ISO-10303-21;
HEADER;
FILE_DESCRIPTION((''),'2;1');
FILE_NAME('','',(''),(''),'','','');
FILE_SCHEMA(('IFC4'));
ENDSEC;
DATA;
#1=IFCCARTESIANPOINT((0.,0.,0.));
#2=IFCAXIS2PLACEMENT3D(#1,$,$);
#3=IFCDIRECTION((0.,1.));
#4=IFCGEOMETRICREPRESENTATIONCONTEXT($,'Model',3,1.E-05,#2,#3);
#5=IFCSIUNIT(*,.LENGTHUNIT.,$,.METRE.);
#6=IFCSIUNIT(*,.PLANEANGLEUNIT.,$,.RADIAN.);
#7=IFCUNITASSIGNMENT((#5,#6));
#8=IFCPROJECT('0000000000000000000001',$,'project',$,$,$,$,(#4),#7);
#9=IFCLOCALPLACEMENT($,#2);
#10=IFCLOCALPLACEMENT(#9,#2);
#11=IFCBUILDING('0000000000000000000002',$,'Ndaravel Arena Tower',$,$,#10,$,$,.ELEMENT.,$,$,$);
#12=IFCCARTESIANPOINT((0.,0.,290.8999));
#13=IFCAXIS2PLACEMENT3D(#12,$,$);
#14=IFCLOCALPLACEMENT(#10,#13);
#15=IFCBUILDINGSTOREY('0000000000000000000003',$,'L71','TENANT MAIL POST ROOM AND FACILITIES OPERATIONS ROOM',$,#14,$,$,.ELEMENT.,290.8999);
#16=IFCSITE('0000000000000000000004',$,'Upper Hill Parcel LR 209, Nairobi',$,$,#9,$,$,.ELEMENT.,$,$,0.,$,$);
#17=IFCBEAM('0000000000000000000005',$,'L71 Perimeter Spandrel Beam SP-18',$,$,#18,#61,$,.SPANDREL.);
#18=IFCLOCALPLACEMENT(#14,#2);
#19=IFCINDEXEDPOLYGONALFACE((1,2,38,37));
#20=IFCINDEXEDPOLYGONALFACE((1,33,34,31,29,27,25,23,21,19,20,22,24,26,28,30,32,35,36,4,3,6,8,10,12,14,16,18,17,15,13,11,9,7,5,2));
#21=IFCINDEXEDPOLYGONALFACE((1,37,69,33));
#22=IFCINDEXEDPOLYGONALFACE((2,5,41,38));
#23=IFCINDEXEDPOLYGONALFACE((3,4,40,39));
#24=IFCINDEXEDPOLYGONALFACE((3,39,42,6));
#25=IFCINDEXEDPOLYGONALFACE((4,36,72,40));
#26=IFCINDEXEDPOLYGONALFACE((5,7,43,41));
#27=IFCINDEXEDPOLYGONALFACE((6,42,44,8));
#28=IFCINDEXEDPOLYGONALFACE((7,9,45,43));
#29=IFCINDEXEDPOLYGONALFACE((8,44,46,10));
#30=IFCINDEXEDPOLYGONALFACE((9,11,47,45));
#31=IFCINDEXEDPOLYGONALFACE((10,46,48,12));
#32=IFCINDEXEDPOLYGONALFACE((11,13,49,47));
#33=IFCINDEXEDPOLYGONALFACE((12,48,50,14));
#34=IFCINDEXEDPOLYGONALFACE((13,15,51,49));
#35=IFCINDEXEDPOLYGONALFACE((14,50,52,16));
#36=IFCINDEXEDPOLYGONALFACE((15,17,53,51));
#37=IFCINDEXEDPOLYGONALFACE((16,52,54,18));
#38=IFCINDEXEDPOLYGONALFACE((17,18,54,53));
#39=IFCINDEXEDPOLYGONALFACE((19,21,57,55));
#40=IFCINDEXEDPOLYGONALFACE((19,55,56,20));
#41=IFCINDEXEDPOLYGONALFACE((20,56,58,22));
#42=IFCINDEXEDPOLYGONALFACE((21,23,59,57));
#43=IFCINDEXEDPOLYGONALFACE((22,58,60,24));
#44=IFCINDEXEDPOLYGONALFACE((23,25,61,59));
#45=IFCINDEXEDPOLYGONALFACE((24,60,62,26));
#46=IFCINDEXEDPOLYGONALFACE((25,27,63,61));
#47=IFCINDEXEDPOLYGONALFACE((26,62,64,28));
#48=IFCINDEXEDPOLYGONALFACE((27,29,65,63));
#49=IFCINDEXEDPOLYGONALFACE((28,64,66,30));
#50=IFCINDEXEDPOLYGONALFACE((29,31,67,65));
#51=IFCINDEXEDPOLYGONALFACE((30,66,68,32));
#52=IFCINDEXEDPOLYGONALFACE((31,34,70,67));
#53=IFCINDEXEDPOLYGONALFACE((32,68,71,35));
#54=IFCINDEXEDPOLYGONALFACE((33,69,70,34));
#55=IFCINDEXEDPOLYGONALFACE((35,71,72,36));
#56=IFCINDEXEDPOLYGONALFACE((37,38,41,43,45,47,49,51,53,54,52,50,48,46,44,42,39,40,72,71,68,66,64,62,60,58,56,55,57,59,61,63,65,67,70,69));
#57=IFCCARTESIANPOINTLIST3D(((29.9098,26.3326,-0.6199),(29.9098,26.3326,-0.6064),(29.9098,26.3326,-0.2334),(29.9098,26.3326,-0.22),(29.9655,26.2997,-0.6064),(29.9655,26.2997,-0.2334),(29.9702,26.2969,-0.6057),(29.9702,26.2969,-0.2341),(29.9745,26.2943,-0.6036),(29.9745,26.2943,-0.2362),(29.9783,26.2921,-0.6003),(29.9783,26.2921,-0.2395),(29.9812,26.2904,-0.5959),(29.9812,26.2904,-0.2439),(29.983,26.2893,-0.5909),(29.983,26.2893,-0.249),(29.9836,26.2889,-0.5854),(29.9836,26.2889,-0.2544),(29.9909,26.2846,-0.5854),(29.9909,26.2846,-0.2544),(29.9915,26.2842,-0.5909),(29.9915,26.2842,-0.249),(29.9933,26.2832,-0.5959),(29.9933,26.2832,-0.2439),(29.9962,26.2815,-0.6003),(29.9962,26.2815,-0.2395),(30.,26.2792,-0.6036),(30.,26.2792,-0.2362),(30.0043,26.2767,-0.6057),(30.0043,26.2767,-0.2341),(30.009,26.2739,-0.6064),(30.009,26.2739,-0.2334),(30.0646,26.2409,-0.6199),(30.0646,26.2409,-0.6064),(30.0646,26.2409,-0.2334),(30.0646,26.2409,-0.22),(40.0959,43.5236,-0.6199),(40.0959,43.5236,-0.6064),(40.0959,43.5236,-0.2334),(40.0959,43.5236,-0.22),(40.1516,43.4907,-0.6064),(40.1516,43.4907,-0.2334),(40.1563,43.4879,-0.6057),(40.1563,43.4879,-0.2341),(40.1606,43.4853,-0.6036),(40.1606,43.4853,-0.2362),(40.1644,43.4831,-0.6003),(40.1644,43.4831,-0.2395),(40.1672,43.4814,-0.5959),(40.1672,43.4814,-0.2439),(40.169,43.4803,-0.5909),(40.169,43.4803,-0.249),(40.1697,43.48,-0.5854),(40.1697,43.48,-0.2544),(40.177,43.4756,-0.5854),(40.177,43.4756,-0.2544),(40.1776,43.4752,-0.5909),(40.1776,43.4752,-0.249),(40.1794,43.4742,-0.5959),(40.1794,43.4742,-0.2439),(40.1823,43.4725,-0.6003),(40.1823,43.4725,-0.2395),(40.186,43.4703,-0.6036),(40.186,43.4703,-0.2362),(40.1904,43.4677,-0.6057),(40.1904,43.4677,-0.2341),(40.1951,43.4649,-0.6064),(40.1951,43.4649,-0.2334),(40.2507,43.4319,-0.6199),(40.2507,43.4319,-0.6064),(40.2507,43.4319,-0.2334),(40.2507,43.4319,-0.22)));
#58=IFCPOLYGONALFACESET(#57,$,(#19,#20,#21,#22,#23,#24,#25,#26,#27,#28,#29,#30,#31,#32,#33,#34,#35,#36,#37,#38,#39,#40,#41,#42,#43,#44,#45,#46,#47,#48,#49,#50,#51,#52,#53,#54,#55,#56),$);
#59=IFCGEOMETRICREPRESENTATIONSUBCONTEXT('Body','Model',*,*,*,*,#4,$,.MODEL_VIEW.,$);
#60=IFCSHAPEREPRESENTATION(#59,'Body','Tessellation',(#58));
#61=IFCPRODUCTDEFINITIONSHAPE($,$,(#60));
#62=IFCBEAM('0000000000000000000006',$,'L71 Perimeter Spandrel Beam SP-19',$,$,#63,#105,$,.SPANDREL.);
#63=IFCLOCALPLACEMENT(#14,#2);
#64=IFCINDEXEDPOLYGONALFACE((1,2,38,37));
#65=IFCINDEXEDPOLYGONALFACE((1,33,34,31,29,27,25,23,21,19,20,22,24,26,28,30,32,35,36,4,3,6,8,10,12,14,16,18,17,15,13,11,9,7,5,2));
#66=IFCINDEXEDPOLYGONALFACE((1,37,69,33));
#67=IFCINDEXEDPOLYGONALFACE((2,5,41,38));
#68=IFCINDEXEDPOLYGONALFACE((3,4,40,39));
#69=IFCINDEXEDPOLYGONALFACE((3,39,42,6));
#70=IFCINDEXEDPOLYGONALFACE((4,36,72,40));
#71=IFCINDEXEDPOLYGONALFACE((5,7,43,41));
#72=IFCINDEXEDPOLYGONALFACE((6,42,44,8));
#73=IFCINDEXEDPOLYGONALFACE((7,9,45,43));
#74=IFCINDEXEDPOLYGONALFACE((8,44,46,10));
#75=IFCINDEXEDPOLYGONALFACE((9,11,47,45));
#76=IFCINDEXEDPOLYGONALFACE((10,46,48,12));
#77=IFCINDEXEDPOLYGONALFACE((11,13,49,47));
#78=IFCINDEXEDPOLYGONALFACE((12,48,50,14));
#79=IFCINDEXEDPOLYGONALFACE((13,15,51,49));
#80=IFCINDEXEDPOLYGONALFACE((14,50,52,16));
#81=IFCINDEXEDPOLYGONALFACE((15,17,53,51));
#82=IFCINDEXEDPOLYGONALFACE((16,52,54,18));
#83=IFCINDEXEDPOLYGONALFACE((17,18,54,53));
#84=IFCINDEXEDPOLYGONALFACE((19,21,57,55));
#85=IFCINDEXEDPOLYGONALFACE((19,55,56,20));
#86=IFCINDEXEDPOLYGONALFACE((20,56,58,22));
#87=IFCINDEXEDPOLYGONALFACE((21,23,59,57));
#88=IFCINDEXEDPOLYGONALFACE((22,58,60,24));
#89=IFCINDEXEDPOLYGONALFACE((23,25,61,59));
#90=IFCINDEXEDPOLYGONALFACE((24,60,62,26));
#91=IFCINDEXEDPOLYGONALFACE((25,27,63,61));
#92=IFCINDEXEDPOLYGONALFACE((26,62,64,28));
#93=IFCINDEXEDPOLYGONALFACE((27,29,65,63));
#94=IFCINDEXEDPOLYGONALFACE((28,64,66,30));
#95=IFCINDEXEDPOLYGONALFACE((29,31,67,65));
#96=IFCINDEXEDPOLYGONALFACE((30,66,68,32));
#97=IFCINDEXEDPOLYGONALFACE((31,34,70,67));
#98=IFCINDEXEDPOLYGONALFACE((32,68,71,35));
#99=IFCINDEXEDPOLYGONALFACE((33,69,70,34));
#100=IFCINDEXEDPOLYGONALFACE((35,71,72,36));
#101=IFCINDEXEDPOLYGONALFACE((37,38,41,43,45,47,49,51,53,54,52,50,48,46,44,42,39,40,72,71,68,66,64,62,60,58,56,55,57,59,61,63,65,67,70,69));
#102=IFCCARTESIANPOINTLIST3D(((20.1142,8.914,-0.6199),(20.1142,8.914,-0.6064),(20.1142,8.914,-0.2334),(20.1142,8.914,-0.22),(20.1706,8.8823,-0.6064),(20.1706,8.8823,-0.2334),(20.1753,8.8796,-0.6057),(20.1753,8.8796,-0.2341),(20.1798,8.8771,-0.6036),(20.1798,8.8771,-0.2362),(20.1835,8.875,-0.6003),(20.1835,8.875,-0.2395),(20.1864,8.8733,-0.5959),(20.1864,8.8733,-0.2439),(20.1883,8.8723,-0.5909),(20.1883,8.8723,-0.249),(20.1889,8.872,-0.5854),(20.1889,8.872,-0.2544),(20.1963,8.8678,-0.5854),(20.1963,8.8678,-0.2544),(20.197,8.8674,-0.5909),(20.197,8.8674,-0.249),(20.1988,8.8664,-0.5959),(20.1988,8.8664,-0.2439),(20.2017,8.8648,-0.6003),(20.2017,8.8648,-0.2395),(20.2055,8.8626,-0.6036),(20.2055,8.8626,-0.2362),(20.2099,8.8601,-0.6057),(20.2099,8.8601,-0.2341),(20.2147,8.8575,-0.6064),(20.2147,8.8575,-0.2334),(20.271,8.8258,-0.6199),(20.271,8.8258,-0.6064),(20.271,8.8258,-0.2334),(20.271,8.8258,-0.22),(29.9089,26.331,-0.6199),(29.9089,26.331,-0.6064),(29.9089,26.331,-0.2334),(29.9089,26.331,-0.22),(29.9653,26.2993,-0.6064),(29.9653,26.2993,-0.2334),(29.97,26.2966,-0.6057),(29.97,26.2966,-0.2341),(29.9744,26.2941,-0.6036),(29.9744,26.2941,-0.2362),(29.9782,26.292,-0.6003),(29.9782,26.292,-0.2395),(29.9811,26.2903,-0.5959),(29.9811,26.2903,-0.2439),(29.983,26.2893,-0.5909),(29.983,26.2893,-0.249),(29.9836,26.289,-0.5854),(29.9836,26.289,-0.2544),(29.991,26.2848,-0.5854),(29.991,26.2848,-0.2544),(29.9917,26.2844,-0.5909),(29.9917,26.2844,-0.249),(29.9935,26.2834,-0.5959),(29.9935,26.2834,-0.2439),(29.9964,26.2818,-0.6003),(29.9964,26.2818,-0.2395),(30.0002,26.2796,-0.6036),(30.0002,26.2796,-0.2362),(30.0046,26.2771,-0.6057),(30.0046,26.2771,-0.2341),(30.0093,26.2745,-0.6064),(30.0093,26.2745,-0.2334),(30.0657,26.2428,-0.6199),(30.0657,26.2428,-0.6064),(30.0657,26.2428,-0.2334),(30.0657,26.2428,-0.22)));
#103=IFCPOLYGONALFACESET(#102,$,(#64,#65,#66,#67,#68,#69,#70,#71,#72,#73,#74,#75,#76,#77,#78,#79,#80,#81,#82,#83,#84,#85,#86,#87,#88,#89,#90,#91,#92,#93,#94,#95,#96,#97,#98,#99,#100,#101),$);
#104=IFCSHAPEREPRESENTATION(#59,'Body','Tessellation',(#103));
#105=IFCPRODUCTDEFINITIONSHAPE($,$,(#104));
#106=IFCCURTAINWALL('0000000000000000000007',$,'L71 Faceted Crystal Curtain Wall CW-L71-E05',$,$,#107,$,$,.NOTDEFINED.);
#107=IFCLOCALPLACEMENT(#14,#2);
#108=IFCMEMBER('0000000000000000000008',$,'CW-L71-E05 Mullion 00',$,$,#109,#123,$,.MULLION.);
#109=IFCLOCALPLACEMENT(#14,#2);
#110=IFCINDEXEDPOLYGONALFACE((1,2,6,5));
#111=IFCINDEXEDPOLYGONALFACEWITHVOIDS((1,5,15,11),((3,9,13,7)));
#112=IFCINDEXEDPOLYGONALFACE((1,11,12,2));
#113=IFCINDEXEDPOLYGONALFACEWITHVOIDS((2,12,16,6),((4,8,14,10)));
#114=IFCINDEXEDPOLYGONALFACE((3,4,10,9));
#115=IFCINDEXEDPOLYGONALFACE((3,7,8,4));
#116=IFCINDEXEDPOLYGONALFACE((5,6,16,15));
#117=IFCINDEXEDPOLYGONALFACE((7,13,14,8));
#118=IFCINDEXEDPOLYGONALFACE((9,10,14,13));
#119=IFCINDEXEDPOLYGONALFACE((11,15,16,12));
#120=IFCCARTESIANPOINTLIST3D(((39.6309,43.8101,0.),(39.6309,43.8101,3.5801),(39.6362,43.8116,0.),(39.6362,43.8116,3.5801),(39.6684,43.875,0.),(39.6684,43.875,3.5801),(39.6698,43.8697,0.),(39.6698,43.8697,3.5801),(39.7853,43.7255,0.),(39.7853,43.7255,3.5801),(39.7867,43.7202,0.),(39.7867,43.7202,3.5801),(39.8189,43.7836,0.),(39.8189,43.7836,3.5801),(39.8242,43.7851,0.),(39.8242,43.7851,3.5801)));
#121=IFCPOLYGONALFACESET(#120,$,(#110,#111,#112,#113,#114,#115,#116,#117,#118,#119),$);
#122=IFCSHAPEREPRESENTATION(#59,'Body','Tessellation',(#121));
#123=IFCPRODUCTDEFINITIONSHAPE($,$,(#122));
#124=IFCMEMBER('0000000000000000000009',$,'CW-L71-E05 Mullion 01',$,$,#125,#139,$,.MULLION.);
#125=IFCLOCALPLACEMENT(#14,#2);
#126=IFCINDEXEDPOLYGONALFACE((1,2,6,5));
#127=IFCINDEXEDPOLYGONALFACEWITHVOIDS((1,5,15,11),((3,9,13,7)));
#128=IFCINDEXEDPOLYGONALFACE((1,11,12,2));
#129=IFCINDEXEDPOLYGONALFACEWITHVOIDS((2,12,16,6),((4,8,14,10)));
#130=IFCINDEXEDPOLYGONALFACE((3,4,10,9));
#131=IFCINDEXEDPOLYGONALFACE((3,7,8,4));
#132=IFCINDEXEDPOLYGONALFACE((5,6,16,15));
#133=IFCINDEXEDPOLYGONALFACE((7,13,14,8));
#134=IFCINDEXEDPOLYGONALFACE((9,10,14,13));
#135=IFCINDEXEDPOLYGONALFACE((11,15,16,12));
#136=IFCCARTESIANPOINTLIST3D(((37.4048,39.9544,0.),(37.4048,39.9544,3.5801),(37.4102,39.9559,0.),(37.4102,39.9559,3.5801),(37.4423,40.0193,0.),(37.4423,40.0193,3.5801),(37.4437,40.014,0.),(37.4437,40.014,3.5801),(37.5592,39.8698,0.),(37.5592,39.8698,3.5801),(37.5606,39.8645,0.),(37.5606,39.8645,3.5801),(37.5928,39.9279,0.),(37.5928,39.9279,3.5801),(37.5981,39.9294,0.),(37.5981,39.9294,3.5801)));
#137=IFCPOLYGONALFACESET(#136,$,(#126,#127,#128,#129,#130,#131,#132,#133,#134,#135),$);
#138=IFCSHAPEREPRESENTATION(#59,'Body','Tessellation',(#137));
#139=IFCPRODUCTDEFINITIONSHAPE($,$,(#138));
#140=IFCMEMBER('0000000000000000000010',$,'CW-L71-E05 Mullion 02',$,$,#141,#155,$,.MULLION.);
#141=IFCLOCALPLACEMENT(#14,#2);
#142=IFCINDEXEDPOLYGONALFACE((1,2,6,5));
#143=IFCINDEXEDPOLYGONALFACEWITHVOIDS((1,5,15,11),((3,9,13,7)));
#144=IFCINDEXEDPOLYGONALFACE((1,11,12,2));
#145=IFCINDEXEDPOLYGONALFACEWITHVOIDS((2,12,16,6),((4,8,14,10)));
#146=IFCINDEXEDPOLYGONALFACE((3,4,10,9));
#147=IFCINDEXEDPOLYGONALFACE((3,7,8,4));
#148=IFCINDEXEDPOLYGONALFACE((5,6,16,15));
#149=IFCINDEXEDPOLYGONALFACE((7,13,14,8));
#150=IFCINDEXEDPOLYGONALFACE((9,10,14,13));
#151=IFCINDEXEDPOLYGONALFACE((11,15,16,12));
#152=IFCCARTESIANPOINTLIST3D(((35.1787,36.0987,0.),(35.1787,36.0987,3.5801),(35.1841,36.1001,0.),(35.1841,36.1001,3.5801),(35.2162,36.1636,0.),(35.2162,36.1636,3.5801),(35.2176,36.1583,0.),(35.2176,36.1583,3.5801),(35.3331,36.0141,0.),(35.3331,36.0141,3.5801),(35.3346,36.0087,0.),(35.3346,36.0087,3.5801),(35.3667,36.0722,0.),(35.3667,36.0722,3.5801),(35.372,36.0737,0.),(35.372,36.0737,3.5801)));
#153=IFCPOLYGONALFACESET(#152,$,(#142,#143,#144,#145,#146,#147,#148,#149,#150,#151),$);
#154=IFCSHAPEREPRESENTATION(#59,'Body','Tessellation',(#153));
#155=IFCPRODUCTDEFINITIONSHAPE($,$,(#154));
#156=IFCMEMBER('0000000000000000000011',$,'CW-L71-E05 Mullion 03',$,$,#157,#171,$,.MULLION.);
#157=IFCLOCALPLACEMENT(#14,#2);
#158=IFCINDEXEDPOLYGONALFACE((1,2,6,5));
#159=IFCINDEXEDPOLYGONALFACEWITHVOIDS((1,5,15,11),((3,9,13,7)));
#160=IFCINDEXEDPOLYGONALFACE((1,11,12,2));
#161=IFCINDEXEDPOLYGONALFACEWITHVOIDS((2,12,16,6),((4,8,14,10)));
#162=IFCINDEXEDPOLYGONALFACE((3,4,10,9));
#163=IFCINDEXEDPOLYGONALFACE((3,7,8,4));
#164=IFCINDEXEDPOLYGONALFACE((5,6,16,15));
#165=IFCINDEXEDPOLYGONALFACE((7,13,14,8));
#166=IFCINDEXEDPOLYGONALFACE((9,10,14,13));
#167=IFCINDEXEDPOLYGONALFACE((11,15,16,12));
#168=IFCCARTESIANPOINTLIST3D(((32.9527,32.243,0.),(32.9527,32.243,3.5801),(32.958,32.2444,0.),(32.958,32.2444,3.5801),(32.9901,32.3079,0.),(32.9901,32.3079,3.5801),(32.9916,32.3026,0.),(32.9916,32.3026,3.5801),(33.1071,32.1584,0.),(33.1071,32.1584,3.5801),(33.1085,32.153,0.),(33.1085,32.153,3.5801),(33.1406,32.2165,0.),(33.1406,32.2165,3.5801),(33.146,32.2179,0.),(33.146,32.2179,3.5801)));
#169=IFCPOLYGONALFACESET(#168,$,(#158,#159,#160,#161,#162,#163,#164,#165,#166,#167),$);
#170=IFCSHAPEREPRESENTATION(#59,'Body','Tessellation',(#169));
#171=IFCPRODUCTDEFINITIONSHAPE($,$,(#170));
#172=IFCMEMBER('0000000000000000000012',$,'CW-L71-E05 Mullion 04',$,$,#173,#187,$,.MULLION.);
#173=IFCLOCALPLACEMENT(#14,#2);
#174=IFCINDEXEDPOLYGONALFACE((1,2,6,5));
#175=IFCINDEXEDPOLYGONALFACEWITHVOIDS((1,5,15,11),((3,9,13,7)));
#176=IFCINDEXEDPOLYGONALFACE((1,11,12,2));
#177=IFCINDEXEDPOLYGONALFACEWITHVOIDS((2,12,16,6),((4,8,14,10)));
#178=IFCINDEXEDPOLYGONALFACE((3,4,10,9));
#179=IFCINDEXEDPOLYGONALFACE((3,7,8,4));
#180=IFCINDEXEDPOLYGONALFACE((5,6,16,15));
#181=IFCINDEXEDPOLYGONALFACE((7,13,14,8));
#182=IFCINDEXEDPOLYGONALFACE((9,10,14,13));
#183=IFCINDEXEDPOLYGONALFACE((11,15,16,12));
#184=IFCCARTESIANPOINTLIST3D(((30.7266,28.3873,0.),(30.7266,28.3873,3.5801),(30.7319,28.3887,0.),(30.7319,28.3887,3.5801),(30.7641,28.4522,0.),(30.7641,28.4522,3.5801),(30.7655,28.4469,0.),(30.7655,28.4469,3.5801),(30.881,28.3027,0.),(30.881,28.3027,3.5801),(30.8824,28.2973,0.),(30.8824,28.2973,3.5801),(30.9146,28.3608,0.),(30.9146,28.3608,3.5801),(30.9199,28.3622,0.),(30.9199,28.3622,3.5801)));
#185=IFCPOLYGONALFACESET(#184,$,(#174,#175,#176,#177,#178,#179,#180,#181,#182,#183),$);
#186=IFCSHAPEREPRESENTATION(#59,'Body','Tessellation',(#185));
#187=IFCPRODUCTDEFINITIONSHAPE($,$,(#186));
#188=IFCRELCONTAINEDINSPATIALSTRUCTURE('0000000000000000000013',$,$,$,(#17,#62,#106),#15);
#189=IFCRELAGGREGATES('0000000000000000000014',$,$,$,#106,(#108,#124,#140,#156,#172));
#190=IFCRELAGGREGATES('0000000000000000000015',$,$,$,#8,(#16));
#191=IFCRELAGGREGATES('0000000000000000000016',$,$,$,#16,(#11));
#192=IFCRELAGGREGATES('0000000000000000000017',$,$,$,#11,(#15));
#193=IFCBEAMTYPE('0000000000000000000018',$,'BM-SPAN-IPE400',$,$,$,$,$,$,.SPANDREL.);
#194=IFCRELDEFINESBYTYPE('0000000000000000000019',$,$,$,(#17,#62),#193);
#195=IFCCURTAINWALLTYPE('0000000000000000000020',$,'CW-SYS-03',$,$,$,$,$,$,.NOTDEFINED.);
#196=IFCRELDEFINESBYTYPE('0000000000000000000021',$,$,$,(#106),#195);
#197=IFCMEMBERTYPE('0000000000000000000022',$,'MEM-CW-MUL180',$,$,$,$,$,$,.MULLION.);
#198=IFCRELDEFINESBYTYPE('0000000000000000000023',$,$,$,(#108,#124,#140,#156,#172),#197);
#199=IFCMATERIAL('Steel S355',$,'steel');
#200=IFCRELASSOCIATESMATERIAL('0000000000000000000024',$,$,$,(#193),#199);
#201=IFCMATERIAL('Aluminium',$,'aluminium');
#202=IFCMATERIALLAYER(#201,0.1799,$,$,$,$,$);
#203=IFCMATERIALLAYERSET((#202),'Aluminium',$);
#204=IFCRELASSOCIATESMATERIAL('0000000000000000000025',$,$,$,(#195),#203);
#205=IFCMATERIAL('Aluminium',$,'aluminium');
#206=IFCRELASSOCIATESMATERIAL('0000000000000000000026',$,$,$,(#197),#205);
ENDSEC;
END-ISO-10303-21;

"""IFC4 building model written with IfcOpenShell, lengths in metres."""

from ifc_helpers import new_model, si_unit, direction, frame, origin, origin_2d, place, context, subcontext, project, spatial, hollow_rectangle, i_section, extrude, material, layer, layer_set, material_profile, profile_set, type_object, element, aggregate, save


model = new_model("IFC4")

# Units and contexts
model_context = context("Model", 3, precision=1e-05, world=origin(), true_north=direction((0.0, 1.0)))
body_context = subcontext(model_context, "Body", "Model", "MODEL_VIEW")
ifc_project = project(units=[si_unit("LENGTHUNIT", "METRE"), si_unit("PLANEANGLEUNIT", "RADIAN")], contexts=[model_context])

# Site, building, storey
site_placement = place(None, origin())
site = spatial("IfcSite", under=ifc_project, at=site_placement, Name="Upper Hill Parcel LR 209, Nairobi", CompositionType="ELEMENT", RefElevation=0.0)
building_placement = place(site_placement, origin())
building = spatial("IfcBuilding", under=site, at=building_placement, Name="Ndaravel Arena Tower", CompositionType="ELEMENT")
storey_placement = place(building_placement, frame((0.0, 0.0, 290.8999)))
storey = spatial("IfcBuildingStorey", under=building, at=storey_placement, Name="L71", Description="TENANT MAIL POST ROOM AND FACILITIES OPERATIONS ROOM", CompositionType="ELEMENT", Elevation=290.8999)

# Beams
ifc_material_1 = material(Name="Steel S355", Category="steel")
ifc_material_profile_1 = material_profile(ifc_material_1, i_section(OverallWidth=0.1799, OverallDepth=0.3999, WebThickness=0.0085, FlangeThickness=0.0134, FilletRadius=0.021, at=origin_2d()), Name="IPE 400")
ifc_profile_set_1 = profile_set([ifc_material_profile_1], Name="Steel S355")
beam_type_1 = type_object("IfcBeamType", Name="BM-SPAN-IPE400", PredefinedType="SPANDREL", material=ifc_profile_set_1)
for number, where, z_axis, x_axis, name in (
    (1, (40.1733, 43.4778, -0.4199), (-0.509759, -0.860317, 0.0), (0.860317, -0.509759, 0.0), "L71 Perimeter Spandrel Beam SP-18"),
    (2, (29.9873, 26.2869, -0.4199), (-0.490171, -0.871626, 0.0), (0.871626, -0.490171, 0.0), "L71 Perimeter Spandrel Beam SP-19"),
):
    element("IfcBeam", number, at=place(storey_placement, frame(where, z_axis=z_axis, x_axis=x_axis)), inside=storey, type_object=beam_type_1, Name=name, PredefinedType="SPANDREL", context=body_context, shape_type="SweptSolid", body=[
        extrude(i_section(OverallWidth=0.1799, OverallDepth=0.3999, WebThickness=0.0085, FlangeThickness=0.0134, FilletRadius=0.021, at=origin_2d()), origin(), (0.0, 0.0, 1.0), 19.9822),
    ])

# Curtain wall, members
ifc_material_2 = material(Name="Aluminium", Category="aluminium")
ifc_layer_1 = layer(ifc_material_2, 0.1799)
ifc_layer_set_1 = layer_set([ifc_layer_1], Name="Aluminium")
curtain_wall_type_1 = type_object("IfcCurtainWallType", Name="CW-SYS-03", PredefinedType="NOTDEFINED", material=ifc_layer_set_1)
curtain_wall_1_placement = place(storey_placement, origin())
curtain_wall_1 = element("IfcCurtainWall", 3, at=curtain_wall_1_placement, inside=storey, type_object=curtain_wall_type_1, Name="L71 Faceted Crystal Curtain Wall CW-L71-E05", PredefinedType="NOTDEFINED")
ifc_material_3 = material(Name="Aluminium", Category="aluminium")
ifc_material_profile_2 = material_profile(ifc_material_3, hollow_rectangle(XDim=0.075, YDim=0.1799, WallThickness=0.0039, at=origin_2d()), Name="CW MULLION 75x180x4")
ifc_profile_set_2 = profile_set([ifc_material_profile_2], Name="Aluminium")
member_type_1 = type_object("IfcMemberType", Name="MEM-CW-MUL180", PredefinedType="MULLION", material=ifc_profile_set_2)
member_1_placement = place(storey_placement, frame((39.7275, 43.7976, 0.0), z_axis=(0.0, 0.0, 1.0), x_axis=(-0.5, -0.866025, 0.0)))
member_1 = element("IfcMember", 4, at=member_1_placement, type_object=member_type_1, Name="CW-L71-E05 Mullion 00", PredefinedType="MULLION", context=body_context, shape_type="SweptSolid", body=[
    extrude(hollow_rectangle(XDim=0.075, YDim=0.1799, WallThickness=0.0039, at=origin_2d()), origin(), (0.0, 0.0, 1.0), 3.5801),
])
member_2_placement = place(storey_placement, frame((37.5015, 39.9419, 0.0), z_axis=(0.0, 0.0, 1.0), x_axis=(-0.5, -0.866025, 0.0)))
member_2 = element("IfcMember", 5, at=member_2_placement, type_object=member_type_1, Name="CW-L71-E05 Mullion 01", PredefinedType="MULLION", context=body_context, shape_type="SweptSolid", body=[
    extrude(hollow_rectangle(XDim=0.075, YDim=0.1799, WallThickness=0.0039, at=origin_2d()), origin(), (0.0, 0.0, 1.0), 3.5801),
])
member_3_placement = place(storey_placement, frame((35.2754, 36.0862, 0.0), z_axis=(0.0, 0.0, 1.0), x_axis=(-0.5, -0.866025, 0.0)))
member_3 = element("IfcMember", 6, at=member_3_placement, type_object=member_type_1, Name="CW-L71-E05 Mullion 02", PredefinedType="MULLION", context=body_context, shape_type="SweptSolid", body=[
    extrude(hollow_rectangle(XDim=0.075, YDim=0.1799, WallThickness=0.0039, at=origin_2d()), origin(), (0.0, 0.0, 1.0), 3.5801),
])
member_4_placement = place(storey_placement, frame((33.0493, 32.2305, 0.0), z_axis=(0.0, 0.0, 1.0), x_axis=(-0.5, -0.866025, 0.0)))
member_4 = element("IfcMember", 7, at=member_4_placement, type_object=member_type_1, Name="CW-L71-E05 Mullion 03", PredefinedType="MULLION", context=body_context, shape_type="SweptSolid", body=[
    extrude(hollow_rectangle(XDim=0.075, YDim=0.1799, WallThickness=0.0039, at=origin_2d()), origin(), (0.0, 0.0, 1.0), 3.5801),
])
member_5_placement = place(storey_placement, frame((30.8232, 28.3748, 0.0), z_axis=(0.0, 0.0, 1.0), x_axis=(-0.5, -0.866025, 0.0)))
member_5 = element("IfcMember", 8, at=member_5_placement, type_object=member_type_1, Name="CW-L71-E05 Mullion 04", PredefinedType="MULLION", context=body_context, shape_type="SweptSolid", body=[
    extrude(hollow_rectangle(XDim=0.075, YDim=0.1799, WallThickness=0.0039, at=origin_2d()), origin(), (0.0, 0.0, 1.0), 3.5801),
])

aggregate(curtain_wall_1, [member_1, member_2, member_3, member_4, member_5])

save(model, "model.ifc")
